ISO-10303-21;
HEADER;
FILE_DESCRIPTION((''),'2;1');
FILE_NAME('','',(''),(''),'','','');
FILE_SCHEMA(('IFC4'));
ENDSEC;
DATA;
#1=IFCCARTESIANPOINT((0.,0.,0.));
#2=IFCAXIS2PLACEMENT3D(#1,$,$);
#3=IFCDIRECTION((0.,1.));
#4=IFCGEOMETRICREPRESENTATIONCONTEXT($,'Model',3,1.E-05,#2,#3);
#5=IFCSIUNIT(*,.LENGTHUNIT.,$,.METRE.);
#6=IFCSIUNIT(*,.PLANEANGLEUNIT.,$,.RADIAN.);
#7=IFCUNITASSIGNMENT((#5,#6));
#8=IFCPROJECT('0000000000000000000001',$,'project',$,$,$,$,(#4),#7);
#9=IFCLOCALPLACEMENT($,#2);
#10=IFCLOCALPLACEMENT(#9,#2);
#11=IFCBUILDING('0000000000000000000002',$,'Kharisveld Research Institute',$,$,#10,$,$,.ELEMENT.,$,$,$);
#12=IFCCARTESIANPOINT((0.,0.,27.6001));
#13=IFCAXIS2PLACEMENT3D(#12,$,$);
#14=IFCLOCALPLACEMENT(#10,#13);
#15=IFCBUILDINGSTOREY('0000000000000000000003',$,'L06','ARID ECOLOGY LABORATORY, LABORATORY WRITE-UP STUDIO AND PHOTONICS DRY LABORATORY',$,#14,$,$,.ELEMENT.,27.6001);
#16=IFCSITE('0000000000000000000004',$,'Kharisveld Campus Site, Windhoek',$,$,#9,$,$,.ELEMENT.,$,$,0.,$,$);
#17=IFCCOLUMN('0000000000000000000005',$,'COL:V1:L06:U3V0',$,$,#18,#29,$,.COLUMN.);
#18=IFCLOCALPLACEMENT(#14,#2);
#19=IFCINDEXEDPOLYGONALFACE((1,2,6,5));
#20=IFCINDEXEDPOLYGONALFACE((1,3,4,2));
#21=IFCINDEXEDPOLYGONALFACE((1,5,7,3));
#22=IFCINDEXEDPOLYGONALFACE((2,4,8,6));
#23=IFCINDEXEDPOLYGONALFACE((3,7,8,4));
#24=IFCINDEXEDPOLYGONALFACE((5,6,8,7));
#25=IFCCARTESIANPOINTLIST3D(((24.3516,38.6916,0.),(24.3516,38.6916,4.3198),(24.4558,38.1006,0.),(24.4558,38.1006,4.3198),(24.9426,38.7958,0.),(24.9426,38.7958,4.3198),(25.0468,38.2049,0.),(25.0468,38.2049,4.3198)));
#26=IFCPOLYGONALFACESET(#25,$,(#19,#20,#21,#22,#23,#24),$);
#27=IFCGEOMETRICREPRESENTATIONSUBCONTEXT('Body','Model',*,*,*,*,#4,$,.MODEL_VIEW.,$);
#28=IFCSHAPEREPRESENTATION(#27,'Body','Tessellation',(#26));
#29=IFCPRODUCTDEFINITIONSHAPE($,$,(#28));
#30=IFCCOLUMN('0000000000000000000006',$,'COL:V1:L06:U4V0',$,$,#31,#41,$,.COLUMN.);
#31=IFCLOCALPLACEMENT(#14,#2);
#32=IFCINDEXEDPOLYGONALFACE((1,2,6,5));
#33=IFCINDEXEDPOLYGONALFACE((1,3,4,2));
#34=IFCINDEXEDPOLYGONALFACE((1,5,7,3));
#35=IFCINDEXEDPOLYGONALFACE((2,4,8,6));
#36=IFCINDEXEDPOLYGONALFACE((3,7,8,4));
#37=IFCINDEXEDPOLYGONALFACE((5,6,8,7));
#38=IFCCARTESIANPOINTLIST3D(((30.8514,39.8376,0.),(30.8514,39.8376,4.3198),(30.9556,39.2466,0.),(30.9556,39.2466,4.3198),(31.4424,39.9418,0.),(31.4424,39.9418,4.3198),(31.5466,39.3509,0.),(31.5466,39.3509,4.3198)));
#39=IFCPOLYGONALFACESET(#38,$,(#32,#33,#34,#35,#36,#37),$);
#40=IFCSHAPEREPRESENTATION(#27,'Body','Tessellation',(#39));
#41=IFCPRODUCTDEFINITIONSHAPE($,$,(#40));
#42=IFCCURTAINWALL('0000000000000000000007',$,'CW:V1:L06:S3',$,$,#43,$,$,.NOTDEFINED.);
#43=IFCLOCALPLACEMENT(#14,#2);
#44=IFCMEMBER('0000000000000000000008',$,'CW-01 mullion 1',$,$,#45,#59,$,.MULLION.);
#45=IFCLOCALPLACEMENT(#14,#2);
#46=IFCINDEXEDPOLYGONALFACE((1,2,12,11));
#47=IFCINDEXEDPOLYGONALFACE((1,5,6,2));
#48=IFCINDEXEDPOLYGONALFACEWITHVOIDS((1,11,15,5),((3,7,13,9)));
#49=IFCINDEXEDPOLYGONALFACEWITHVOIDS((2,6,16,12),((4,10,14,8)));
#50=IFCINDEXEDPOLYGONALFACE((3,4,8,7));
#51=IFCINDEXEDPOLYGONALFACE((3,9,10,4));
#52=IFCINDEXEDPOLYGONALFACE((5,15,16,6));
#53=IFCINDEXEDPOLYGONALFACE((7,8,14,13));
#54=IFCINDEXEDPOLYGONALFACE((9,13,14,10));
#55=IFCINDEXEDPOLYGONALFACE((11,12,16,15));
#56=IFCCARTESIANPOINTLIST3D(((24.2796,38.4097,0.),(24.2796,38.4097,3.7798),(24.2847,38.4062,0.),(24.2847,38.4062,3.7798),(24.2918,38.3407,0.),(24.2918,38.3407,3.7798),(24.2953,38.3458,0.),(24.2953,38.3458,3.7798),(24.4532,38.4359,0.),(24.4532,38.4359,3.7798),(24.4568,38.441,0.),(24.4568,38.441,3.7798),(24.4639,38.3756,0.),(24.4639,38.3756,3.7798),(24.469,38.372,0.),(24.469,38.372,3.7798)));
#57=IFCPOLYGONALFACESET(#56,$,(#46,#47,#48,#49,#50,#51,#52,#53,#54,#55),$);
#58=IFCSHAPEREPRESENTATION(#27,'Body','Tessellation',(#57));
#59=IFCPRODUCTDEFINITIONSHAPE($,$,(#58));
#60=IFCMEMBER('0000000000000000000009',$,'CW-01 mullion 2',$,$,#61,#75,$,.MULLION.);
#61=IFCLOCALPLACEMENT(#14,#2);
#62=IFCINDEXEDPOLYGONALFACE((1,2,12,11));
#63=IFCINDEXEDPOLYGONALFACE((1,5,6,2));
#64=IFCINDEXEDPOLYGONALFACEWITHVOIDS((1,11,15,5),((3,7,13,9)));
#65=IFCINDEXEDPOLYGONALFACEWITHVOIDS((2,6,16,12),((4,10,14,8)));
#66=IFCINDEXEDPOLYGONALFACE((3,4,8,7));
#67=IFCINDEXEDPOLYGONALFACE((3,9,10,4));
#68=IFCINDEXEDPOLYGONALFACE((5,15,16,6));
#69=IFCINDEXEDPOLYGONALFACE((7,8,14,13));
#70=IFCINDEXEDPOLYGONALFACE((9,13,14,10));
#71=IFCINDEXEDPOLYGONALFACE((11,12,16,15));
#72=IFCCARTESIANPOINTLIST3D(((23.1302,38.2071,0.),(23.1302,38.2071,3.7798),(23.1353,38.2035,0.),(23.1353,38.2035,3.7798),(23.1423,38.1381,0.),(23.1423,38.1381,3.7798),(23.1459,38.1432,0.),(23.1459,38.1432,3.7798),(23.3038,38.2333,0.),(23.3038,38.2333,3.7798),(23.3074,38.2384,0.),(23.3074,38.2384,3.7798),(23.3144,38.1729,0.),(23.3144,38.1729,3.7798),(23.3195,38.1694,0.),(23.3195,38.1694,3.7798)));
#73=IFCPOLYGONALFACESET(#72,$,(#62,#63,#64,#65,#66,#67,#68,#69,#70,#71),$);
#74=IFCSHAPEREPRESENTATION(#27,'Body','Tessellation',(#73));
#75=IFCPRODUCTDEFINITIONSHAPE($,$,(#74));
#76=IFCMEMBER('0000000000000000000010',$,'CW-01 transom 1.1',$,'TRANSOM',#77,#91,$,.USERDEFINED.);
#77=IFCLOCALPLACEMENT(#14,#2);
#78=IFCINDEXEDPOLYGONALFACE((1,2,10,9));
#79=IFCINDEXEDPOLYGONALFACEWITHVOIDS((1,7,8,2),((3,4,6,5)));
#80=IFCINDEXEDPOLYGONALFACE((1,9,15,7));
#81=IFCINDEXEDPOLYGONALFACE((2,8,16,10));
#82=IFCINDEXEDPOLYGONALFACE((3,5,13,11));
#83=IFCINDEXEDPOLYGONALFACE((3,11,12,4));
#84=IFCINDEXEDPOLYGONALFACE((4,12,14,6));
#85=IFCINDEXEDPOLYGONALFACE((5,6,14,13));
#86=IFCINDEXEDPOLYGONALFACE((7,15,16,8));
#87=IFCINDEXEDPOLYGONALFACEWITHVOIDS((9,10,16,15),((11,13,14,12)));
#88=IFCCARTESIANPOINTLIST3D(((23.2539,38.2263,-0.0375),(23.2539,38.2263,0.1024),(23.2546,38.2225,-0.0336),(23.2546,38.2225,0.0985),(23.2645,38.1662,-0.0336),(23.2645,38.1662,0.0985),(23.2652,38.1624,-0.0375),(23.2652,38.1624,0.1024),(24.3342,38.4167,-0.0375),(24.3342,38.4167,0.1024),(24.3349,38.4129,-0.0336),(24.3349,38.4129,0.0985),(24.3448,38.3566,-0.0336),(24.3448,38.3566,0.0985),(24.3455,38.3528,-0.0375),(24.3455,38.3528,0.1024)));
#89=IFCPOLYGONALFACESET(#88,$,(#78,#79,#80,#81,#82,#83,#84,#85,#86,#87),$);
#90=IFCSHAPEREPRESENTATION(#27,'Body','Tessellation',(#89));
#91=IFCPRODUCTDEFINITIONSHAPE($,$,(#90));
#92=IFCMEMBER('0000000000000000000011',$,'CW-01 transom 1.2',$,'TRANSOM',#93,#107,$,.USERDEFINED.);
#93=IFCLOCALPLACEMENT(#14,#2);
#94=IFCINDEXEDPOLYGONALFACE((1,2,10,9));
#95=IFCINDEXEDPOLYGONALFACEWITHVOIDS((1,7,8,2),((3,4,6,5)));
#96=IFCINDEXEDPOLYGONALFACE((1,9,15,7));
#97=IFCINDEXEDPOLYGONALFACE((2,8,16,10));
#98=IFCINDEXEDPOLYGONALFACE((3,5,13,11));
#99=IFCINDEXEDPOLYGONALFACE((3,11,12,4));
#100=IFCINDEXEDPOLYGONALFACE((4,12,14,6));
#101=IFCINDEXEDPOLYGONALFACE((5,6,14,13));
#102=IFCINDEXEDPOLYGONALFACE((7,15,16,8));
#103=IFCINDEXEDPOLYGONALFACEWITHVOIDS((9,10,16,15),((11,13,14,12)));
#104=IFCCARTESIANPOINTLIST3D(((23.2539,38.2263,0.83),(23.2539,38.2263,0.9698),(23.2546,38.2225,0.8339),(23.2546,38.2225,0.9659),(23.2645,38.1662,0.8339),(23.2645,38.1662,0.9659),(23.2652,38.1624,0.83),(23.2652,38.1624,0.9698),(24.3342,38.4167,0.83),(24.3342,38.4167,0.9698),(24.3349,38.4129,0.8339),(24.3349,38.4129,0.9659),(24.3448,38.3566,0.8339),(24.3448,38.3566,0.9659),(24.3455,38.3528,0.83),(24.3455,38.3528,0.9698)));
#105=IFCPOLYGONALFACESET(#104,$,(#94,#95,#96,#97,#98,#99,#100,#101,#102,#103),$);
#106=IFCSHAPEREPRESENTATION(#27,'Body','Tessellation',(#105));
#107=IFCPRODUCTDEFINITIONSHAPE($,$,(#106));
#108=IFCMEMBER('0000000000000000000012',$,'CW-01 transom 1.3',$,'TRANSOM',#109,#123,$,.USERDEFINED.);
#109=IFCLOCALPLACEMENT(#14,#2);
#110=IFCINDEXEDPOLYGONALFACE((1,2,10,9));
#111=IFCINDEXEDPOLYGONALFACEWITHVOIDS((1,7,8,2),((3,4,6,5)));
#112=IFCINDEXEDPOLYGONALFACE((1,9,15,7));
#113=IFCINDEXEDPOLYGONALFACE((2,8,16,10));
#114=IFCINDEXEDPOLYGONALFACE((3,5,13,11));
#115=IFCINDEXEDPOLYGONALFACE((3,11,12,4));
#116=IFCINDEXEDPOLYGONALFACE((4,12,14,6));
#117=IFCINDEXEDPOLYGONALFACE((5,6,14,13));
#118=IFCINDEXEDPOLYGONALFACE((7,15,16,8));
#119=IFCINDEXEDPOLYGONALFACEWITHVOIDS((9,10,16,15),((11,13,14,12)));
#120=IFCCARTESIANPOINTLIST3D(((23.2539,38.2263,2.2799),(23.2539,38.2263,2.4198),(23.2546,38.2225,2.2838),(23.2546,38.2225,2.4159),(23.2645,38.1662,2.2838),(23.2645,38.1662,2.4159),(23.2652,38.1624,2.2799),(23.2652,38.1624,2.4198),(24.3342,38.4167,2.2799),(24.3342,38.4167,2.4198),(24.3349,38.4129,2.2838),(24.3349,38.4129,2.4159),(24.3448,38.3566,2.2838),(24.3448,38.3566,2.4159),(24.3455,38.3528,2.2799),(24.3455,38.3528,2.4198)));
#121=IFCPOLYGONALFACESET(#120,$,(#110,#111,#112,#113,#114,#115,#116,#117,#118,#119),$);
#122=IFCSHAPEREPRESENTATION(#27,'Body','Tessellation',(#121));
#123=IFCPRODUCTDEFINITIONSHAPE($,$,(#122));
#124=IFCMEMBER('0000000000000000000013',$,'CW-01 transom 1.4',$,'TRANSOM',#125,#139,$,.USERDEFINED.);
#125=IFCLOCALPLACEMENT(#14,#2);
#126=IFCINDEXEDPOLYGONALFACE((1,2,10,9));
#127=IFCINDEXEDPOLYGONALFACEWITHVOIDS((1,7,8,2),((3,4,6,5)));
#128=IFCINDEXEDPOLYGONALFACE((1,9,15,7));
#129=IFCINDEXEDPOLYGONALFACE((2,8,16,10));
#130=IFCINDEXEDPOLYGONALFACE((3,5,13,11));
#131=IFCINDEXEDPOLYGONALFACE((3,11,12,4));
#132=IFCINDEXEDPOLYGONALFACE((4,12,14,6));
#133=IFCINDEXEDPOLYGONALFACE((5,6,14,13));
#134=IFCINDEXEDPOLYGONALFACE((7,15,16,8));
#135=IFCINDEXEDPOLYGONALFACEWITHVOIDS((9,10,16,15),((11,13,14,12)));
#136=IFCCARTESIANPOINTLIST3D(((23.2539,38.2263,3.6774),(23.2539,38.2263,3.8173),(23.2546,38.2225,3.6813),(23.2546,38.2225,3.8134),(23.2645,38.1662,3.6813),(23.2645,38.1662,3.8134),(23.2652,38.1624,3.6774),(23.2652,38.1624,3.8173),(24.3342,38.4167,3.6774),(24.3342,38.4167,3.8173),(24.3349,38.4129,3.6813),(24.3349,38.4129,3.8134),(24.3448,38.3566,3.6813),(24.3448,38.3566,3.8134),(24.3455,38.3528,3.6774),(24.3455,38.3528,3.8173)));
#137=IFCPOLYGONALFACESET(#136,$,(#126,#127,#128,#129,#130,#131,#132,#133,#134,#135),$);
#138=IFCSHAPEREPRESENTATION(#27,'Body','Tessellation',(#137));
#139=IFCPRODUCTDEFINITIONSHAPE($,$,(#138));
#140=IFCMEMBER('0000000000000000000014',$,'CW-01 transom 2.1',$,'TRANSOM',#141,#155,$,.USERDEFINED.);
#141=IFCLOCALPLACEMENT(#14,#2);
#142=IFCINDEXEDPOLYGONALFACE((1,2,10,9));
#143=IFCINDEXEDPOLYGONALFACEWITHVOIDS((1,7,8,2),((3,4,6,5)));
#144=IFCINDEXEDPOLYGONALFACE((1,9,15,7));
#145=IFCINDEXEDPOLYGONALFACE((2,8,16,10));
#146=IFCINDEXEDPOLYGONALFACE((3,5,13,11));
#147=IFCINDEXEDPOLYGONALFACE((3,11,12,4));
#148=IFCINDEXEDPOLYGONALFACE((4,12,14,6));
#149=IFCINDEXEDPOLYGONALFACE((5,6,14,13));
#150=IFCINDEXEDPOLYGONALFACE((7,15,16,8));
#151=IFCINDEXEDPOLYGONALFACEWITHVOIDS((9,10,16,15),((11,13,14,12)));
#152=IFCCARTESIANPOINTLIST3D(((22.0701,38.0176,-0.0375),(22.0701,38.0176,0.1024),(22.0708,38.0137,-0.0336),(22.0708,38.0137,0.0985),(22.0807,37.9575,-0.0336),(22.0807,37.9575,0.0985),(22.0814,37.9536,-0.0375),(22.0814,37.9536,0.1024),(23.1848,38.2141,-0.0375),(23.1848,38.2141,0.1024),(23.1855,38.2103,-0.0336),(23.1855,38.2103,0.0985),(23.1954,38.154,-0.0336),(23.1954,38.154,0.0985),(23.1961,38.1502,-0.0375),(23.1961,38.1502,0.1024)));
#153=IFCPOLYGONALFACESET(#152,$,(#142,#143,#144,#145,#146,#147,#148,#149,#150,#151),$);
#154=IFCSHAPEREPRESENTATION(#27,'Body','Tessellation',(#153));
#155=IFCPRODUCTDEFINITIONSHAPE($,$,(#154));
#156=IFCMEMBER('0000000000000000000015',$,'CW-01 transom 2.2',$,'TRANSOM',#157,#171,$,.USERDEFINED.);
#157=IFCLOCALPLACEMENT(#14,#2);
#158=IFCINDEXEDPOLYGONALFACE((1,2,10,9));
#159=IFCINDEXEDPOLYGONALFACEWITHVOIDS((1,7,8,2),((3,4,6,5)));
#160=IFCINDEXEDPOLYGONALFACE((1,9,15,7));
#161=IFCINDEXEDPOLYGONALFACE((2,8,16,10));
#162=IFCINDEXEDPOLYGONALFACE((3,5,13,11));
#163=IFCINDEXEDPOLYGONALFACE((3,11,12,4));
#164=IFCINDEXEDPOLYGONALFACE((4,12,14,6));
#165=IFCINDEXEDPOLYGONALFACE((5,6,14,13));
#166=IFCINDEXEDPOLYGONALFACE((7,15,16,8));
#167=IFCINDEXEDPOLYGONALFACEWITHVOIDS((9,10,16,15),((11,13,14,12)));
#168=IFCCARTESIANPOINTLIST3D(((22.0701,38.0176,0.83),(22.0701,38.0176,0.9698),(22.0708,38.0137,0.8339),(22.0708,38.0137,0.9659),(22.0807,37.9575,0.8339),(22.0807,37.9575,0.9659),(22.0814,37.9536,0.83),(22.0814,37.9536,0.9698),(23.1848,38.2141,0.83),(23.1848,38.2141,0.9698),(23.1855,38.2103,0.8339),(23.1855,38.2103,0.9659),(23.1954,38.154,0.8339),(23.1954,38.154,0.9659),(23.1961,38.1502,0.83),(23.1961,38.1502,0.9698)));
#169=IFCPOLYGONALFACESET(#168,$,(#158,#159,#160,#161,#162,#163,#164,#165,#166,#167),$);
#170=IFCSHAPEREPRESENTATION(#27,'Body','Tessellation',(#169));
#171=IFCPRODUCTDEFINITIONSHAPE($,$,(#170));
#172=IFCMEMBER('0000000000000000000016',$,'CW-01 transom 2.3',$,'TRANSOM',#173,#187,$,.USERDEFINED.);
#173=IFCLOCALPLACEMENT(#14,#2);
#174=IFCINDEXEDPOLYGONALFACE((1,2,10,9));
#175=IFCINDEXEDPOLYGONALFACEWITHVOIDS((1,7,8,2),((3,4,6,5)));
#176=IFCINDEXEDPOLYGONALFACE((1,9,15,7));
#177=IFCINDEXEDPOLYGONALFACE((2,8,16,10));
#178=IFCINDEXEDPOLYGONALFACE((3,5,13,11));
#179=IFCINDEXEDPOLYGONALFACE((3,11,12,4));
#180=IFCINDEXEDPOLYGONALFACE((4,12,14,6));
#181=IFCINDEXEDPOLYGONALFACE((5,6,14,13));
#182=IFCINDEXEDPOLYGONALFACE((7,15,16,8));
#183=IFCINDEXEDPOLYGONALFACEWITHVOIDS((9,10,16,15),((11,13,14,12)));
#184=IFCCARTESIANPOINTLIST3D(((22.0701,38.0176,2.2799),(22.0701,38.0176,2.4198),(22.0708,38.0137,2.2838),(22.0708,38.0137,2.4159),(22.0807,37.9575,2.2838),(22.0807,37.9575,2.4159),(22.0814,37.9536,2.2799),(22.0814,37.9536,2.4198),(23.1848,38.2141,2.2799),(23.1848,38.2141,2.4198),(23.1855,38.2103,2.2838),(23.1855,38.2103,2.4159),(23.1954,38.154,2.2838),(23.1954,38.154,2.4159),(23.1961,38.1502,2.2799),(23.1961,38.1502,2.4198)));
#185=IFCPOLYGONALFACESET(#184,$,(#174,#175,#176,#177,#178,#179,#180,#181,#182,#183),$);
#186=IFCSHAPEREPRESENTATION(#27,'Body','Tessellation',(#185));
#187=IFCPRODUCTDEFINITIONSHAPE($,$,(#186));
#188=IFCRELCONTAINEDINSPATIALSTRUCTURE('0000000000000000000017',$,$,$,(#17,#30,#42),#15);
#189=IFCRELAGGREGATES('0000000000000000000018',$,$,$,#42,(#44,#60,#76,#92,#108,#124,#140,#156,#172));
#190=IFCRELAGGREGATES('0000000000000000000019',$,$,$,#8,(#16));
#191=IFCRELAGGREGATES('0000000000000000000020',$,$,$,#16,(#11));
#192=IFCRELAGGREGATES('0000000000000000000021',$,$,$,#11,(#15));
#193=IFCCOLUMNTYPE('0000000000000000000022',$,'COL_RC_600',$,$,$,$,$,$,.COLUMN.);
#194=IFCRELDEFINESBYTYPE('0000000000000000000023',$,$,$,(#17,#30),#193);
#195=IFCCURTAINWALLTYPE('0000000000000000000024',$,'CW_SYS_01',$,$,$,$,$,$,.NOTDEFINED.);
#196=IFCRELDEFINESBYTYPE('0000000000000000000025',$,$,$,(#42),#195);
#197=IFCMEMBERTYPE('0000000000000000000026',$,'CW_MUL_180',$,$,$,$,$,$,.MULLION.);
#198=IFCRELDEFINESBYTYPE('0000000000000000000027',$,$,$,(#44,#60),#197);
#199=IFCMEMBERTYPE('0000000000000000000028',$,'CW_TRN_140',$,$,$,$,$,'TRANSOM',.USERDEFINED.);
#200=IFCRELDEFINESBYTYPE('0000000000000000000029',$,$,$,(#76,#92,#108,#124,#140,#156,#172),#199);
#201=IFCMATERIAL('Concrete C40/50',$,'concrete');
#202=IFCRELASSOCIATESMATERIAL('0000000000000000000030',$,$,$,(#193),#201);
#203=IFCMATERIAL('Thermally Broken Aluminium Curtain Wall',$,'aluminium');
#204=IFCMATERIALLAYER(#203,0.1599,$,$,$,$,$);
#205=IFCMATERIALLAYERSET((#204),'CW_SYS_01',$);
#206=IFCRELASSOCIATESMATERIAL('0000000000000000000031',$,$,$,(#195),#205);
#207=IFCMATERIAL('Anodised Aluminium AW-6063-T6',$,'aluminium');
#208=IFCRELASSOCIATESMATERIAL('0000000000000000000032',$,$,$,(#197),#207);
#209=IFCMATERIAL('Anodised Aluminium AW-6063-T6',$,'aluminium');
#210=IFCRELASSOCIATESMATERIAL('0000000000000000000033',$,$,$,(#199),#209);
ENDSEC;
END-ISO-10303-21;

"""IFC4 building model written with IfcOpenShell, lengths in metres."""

from ifc_helpers import new_model, si_unit, direction, frame, origin, origin_2d, place, context, subcontext, project, spatial, rectangle, hollow_rectangle, extrude, material, layer, layer_set, material_profile, profile_set, type_object, element, aggregate, save


model = new_model("IFC4")

# Units and contexts
model_context = context("Model", 3, precision=1e-05, world=origin(), true_north=direction((0.0, 1.0)))
body_context = subcontext(model_context, "Body", "Model", "MODEL_VIEW")
ifc_project = project(units=[si_unit("LENGTHUNIT", "METRE"), si_unit("PLANEANGLEUNIT", "RADIAN")], contexts=[model_context])

# Site, building, storey
site_placement = place(None, origin())
site = spatial("IfcSite", under=ifc_project, at=site_placement, Name="Kharisveld Campus Site, Windhoek", CompositionType="ELEMENT", RefElevation=0.0)
building_placement = place(site_placement, origin())
building = spatial("IfcBuilding", under=site, at=building_placement, Name="Kharisveld Research Institute", CompositionType="ELEMENT")
storey_placement = place(building_placement, frame((0.0, 0.0, 27.6001)))
storey = spatial("IfcBuildingStorey", under=building, at=storey_placement, Name="L06", Description="ARID ECOLOGY LABORATORY, LABORATORY WRITE-UP STUDIO AND PHOTONICS DRY LABORATORY", CompositionType="ELEMENT", Elevation=27.6001)

# Columns
ifc_material_1 = material(Name="Concrete C40/50", Category="concrete")
ifc_material_profile_1 = material_profile(ifc_material_1, rectangle(XDim=0.6001, YDim=0.6001, at=origin_2d()))
ifc_profile_set_1 = profile_set([ifc_material_profile_1], Name="Concrete C40/50")
column_type = type_object("IfcColumnType", Name="COL_RC_600", PredefinedType="COLUMN", material=ifc_profile_set_1)
for number, where, z_axis, x_axis, name in (
    (1, (24.6992, 38.4482, 0.0), (0.0, 0.0, 1.0), (0.984808, 0.173648, 0.0), "COL:V1:L06:U3V0"),
    (2, (31.199, 39.5942, 0.0), (0.0, 0.0, 1.0), (0.984808, 0.173648, 0.0), "COL:V1:L06:U4V0"),
):
    element("IfcColumn", number, at=place(storey_placement, frame(where, z_axis=z_axis, x_axis=x_axis)), inside=storey, type_object=column_type, Name=name, PredefinedType="COLUMN", context=body_context, shape_type="SweptSolid", body=[
        extrude(rectangle(XDim=0.6001, YDim=0.6001, at=origin_2d()), origin(), (0.0, 0.0, 1.0), 4.3198),
    ])

# Curtain wall, members
ifc_material_2 = material(Name="Thermally Broken Aluminium Curtain Wall", Category="aluminium")
ifc_layer_1 = layer(ifc_material_2, 0.1599)
ifc_layer_set_1 = layer_set([ifc_layer_1], Name="CW_SYS_01")
curtain_wall_type = type_object("IfcCurtainWallType", Name="CW_SYS_01", PredefinedType="NOTDEFINED", material=ifc_layer_set_1)
curtain_wall_placement = place(storey_placement, origin())
curtain_wall = element("IfcCurtainWall", 3, at=curtain_wall_placement, inside=storey, type_object=curtain_wall_type, Name="CW:V1:L06:S3", PredefinedType="NOTDEFINED")
ifc_material_3 = material(Name="Anodised Aluminium AW-6063-T6", Category="aluminium")
ifc_material_profile_2 = material_profile(ifc_material_3, hollow_rectangle(XDim=0.0701, YDim=0.1799, WallThickness=0.0044, at=origin_2d()))
ifc_profile_set_2 = profile_set([ifc_material_profile_2], Name="Anodised Aluminium AW-6063-T6")
member_type_1 = type_object("IfcMemberType", Name="CW_MUL_180", PredefinedType="MULLION", material=ifc_profile_set_2)
member_1_placement = place(storey_placement, frame((24.3743, 38.3909, 0.0), z_axis=(0.0, 0.0, 1.0), x_axis=(0.173648, -0.984808, 0.0)))
member_1 = element("IfcMember", 4, at=member_1_placement, type_object=member_type_1, Name="CW-01 mullion 1", PredefinedType="MULLION", context=body_context, shape_type="SweptSolid", body=[
    extrude(hollow_rectangle(XDim=0.0701, YDim=0.1799, WallThickness=0.0044, at=origin_2d()), origin(), (0.0, 0.0, 1.0), 3.7798),
])
member_2_placement = place(storey_placement, frame((23.2249, 38.1882, 0.0), z_axis=(0.0, 0.0, 1.0), x_axis=(0.173648, -0.984808, 0.0)))
member_2 = element("IfcMember", 5, at=member_2_placement, type_object=member_type_1, Name="CW-01 mullion 2", PredefinedType="MULLION", context=body_context, shape_type="SweptSolid", body=[
    extrude(hollow_rectangle(XDim=0.0701, YDim=0.1799, WallThickness=0.0044, at=origin_2d()), origin(), (0.0, 0.0, 1.0), 3.7798),
])
ifc_material_4 = material(Name="Anodised Aluminium AW-6063-T6", Category="aluminium")
ifc_material_profile_3 = material_profile(ifc_material_4, hollow_rectangle(XDim=0.0649, YDim=0.1399, WallThickness=0.0039, at=origin_2d()))
ifc_profile_set_3 = profile_set([ifc_material_profile_3], Name="Anodised Aluminium AW-6063-T6")
member_type_2 = type_object("IfcMemberType", Name="CW_TRN_140", ElementType="TRANSOM", PredefinedType="USERDEFINED", material=ifc_profile_set_3)
member_3_placement = place(storey_placement, frame((24.3398, 38.3848, 0.0325), z_axis=(-0.984817, -0.173595, 0.0), x_axis=(0.173595, -0.984817, 0.0)))
member_3 = element("IfcMember", 6, at=member_3_placement, type_object=member_type_2, Name="CW-01 transom 1.1", ObjectType="TRANSOM", PredefinedType="USERDEFINED", context=body_context, shape_type="SweptSolid", body=[
    extrude(hollow_rectangle(XDim=0.0649, YDim=0.1399, WallThickness=0.0039, at=origin_2d()), origin(), (0.0, 0.0, 1.0), 1.0969),
])
member_4_placement = place(storey_placement, frame((24.3398, 38.3848, 0.8999), z_axis=(-0.984817, -0.173595, 0.0), x_axis=(0.173595, -0.984817, 0.0)))
member_4 = element("IfcMember", 7, at=member_4_placement, type_object=member_type_2, Name="CW-01 transom 1.2", ObjectType="TRANSOM", PredefinedType="USERDEFINED", context=body_context, shape_type="SweptSolid", body=[
    extrude(hollow_rectangle(XDim=0.0649, YDim=0.1399, WallThickness=0.0039, at=origin_2d()), origin(), (0.0, 0.0, 1.0), 1.0969),
])
member_5_placement = place(storey_placement, frame((24.3398, 38.3848, 2.3499), z_axis=(-0.984817, -0.173595, 0.0), x_axis=(0.173595, -0.984817, 0.0)))
member_5 = element("IfcMember", 8, at=member_5_placement, type_object=member_type_2, Name="CW-01 transom 1.3", ObjectType="TRANSOM", PredefinedType="USERDEFINED", context=body_context, shape_type="SweptSolid", body=[
    extrude(hollow_rectangle(XDim=0.0649, YDim=0.1399, WallThickness=0.0039, at=origin_2d()), origin(), (0.0, 0.0, 1.0), 1.0969),
])
member_6_placement = place(storey_placement, frame((24.3398, 38.3848, 3.7473), z_axis=(-0.984817, -0.173595, 0.0), x_axis=(0.173595, -0.984817, 0.0)))
member_6 = element("IfcMember", 9, at=member_6_placement, type_object=member_type_2, Name="CW-01 transom 1.4", ObjectType="TRANSOM", PredefinedType="USERDEFINED", context=body_context, shape_type="SweptSolid", body=[
    extrude(hollow_rectangle(XDim=0.0649, YDim=0.1399, WallThickness=0.0039, at=origin_2d()), origin(), (0.0, 0.0, 1.0), 1.0969),
])
member_7_placement = place(storey_placement, frame((23.1904, 38.1821, 0.0325), z_axis=(-0.984812, -0.173625, 0.0), x_axis=(0.173625, -0.984812, 0.0)))
member_7 = element("IfcMember", 10, at=member_7_placement, type_object=member_type_2, Name="CW-01 transom 2.1", ObjectType="TRANSOM", PredefinedType="USERDEFINED", context=body_context, shape_type="SweptSolid", body=[
    extrude(hollow_rectangle(XDim=0.0649, YDim=0.1399, WallThickness=0.0039, at=origin_2d()), origin(), (0.0, 0.0, 1.0), 1.1318),
])
member_8_placement = place(storey_placement, frame((23.1904, 38.1821, 0.8999), z_axis=(-0.984812, -0.173625, 0.0), x_axis=(0.173625, -0.984812, 0.0)))
member_8 = element("IfcMember", 11, at=member_8_placement, type_object=member_type_2, Name="CW-01 transom 2.2", ObjectType="TRANSOM", PredefinedType="USERDEFINED", context=body_context, shape_type="SweptSolid", body=[
    extrude(hollow_rectangle(XDim=0.0649, YDim=0.1399, WallThickness=0.0039, at=origin_2d()), origin(), (0.0, 0.0, 1.0), 1.1318),
])
member_9_placement = place(storey_placement, frame((23.1904, 38.1821, 2.3499), z_axis=(-0.984812, -0.173625, 0.0), x_axis=(0.173625, -0.984812, 0.0)))
member_9 = element("IfcMember", 12, at=member_9_placement, type_object=member_type_2, Name="CW-01 transom 2.3", ObjectType="TRANSOM", PredefinedType="USERDEFINED", context=body_context, shape_type="SweptSolid", body=[
    extrude(hollow_rectangle(XDim=0.0649, YDim=0.1399, WallThickness=0.0039, at=origin_2d()), origin(), (0.0, 0.0, 1.0), 1.1318),
])

aggregate(curtain_wall, [member_1, member_2, member_3, member_4, member_5, member_6, member_7, member_8, member_9])

save(model, "model.ifc")
